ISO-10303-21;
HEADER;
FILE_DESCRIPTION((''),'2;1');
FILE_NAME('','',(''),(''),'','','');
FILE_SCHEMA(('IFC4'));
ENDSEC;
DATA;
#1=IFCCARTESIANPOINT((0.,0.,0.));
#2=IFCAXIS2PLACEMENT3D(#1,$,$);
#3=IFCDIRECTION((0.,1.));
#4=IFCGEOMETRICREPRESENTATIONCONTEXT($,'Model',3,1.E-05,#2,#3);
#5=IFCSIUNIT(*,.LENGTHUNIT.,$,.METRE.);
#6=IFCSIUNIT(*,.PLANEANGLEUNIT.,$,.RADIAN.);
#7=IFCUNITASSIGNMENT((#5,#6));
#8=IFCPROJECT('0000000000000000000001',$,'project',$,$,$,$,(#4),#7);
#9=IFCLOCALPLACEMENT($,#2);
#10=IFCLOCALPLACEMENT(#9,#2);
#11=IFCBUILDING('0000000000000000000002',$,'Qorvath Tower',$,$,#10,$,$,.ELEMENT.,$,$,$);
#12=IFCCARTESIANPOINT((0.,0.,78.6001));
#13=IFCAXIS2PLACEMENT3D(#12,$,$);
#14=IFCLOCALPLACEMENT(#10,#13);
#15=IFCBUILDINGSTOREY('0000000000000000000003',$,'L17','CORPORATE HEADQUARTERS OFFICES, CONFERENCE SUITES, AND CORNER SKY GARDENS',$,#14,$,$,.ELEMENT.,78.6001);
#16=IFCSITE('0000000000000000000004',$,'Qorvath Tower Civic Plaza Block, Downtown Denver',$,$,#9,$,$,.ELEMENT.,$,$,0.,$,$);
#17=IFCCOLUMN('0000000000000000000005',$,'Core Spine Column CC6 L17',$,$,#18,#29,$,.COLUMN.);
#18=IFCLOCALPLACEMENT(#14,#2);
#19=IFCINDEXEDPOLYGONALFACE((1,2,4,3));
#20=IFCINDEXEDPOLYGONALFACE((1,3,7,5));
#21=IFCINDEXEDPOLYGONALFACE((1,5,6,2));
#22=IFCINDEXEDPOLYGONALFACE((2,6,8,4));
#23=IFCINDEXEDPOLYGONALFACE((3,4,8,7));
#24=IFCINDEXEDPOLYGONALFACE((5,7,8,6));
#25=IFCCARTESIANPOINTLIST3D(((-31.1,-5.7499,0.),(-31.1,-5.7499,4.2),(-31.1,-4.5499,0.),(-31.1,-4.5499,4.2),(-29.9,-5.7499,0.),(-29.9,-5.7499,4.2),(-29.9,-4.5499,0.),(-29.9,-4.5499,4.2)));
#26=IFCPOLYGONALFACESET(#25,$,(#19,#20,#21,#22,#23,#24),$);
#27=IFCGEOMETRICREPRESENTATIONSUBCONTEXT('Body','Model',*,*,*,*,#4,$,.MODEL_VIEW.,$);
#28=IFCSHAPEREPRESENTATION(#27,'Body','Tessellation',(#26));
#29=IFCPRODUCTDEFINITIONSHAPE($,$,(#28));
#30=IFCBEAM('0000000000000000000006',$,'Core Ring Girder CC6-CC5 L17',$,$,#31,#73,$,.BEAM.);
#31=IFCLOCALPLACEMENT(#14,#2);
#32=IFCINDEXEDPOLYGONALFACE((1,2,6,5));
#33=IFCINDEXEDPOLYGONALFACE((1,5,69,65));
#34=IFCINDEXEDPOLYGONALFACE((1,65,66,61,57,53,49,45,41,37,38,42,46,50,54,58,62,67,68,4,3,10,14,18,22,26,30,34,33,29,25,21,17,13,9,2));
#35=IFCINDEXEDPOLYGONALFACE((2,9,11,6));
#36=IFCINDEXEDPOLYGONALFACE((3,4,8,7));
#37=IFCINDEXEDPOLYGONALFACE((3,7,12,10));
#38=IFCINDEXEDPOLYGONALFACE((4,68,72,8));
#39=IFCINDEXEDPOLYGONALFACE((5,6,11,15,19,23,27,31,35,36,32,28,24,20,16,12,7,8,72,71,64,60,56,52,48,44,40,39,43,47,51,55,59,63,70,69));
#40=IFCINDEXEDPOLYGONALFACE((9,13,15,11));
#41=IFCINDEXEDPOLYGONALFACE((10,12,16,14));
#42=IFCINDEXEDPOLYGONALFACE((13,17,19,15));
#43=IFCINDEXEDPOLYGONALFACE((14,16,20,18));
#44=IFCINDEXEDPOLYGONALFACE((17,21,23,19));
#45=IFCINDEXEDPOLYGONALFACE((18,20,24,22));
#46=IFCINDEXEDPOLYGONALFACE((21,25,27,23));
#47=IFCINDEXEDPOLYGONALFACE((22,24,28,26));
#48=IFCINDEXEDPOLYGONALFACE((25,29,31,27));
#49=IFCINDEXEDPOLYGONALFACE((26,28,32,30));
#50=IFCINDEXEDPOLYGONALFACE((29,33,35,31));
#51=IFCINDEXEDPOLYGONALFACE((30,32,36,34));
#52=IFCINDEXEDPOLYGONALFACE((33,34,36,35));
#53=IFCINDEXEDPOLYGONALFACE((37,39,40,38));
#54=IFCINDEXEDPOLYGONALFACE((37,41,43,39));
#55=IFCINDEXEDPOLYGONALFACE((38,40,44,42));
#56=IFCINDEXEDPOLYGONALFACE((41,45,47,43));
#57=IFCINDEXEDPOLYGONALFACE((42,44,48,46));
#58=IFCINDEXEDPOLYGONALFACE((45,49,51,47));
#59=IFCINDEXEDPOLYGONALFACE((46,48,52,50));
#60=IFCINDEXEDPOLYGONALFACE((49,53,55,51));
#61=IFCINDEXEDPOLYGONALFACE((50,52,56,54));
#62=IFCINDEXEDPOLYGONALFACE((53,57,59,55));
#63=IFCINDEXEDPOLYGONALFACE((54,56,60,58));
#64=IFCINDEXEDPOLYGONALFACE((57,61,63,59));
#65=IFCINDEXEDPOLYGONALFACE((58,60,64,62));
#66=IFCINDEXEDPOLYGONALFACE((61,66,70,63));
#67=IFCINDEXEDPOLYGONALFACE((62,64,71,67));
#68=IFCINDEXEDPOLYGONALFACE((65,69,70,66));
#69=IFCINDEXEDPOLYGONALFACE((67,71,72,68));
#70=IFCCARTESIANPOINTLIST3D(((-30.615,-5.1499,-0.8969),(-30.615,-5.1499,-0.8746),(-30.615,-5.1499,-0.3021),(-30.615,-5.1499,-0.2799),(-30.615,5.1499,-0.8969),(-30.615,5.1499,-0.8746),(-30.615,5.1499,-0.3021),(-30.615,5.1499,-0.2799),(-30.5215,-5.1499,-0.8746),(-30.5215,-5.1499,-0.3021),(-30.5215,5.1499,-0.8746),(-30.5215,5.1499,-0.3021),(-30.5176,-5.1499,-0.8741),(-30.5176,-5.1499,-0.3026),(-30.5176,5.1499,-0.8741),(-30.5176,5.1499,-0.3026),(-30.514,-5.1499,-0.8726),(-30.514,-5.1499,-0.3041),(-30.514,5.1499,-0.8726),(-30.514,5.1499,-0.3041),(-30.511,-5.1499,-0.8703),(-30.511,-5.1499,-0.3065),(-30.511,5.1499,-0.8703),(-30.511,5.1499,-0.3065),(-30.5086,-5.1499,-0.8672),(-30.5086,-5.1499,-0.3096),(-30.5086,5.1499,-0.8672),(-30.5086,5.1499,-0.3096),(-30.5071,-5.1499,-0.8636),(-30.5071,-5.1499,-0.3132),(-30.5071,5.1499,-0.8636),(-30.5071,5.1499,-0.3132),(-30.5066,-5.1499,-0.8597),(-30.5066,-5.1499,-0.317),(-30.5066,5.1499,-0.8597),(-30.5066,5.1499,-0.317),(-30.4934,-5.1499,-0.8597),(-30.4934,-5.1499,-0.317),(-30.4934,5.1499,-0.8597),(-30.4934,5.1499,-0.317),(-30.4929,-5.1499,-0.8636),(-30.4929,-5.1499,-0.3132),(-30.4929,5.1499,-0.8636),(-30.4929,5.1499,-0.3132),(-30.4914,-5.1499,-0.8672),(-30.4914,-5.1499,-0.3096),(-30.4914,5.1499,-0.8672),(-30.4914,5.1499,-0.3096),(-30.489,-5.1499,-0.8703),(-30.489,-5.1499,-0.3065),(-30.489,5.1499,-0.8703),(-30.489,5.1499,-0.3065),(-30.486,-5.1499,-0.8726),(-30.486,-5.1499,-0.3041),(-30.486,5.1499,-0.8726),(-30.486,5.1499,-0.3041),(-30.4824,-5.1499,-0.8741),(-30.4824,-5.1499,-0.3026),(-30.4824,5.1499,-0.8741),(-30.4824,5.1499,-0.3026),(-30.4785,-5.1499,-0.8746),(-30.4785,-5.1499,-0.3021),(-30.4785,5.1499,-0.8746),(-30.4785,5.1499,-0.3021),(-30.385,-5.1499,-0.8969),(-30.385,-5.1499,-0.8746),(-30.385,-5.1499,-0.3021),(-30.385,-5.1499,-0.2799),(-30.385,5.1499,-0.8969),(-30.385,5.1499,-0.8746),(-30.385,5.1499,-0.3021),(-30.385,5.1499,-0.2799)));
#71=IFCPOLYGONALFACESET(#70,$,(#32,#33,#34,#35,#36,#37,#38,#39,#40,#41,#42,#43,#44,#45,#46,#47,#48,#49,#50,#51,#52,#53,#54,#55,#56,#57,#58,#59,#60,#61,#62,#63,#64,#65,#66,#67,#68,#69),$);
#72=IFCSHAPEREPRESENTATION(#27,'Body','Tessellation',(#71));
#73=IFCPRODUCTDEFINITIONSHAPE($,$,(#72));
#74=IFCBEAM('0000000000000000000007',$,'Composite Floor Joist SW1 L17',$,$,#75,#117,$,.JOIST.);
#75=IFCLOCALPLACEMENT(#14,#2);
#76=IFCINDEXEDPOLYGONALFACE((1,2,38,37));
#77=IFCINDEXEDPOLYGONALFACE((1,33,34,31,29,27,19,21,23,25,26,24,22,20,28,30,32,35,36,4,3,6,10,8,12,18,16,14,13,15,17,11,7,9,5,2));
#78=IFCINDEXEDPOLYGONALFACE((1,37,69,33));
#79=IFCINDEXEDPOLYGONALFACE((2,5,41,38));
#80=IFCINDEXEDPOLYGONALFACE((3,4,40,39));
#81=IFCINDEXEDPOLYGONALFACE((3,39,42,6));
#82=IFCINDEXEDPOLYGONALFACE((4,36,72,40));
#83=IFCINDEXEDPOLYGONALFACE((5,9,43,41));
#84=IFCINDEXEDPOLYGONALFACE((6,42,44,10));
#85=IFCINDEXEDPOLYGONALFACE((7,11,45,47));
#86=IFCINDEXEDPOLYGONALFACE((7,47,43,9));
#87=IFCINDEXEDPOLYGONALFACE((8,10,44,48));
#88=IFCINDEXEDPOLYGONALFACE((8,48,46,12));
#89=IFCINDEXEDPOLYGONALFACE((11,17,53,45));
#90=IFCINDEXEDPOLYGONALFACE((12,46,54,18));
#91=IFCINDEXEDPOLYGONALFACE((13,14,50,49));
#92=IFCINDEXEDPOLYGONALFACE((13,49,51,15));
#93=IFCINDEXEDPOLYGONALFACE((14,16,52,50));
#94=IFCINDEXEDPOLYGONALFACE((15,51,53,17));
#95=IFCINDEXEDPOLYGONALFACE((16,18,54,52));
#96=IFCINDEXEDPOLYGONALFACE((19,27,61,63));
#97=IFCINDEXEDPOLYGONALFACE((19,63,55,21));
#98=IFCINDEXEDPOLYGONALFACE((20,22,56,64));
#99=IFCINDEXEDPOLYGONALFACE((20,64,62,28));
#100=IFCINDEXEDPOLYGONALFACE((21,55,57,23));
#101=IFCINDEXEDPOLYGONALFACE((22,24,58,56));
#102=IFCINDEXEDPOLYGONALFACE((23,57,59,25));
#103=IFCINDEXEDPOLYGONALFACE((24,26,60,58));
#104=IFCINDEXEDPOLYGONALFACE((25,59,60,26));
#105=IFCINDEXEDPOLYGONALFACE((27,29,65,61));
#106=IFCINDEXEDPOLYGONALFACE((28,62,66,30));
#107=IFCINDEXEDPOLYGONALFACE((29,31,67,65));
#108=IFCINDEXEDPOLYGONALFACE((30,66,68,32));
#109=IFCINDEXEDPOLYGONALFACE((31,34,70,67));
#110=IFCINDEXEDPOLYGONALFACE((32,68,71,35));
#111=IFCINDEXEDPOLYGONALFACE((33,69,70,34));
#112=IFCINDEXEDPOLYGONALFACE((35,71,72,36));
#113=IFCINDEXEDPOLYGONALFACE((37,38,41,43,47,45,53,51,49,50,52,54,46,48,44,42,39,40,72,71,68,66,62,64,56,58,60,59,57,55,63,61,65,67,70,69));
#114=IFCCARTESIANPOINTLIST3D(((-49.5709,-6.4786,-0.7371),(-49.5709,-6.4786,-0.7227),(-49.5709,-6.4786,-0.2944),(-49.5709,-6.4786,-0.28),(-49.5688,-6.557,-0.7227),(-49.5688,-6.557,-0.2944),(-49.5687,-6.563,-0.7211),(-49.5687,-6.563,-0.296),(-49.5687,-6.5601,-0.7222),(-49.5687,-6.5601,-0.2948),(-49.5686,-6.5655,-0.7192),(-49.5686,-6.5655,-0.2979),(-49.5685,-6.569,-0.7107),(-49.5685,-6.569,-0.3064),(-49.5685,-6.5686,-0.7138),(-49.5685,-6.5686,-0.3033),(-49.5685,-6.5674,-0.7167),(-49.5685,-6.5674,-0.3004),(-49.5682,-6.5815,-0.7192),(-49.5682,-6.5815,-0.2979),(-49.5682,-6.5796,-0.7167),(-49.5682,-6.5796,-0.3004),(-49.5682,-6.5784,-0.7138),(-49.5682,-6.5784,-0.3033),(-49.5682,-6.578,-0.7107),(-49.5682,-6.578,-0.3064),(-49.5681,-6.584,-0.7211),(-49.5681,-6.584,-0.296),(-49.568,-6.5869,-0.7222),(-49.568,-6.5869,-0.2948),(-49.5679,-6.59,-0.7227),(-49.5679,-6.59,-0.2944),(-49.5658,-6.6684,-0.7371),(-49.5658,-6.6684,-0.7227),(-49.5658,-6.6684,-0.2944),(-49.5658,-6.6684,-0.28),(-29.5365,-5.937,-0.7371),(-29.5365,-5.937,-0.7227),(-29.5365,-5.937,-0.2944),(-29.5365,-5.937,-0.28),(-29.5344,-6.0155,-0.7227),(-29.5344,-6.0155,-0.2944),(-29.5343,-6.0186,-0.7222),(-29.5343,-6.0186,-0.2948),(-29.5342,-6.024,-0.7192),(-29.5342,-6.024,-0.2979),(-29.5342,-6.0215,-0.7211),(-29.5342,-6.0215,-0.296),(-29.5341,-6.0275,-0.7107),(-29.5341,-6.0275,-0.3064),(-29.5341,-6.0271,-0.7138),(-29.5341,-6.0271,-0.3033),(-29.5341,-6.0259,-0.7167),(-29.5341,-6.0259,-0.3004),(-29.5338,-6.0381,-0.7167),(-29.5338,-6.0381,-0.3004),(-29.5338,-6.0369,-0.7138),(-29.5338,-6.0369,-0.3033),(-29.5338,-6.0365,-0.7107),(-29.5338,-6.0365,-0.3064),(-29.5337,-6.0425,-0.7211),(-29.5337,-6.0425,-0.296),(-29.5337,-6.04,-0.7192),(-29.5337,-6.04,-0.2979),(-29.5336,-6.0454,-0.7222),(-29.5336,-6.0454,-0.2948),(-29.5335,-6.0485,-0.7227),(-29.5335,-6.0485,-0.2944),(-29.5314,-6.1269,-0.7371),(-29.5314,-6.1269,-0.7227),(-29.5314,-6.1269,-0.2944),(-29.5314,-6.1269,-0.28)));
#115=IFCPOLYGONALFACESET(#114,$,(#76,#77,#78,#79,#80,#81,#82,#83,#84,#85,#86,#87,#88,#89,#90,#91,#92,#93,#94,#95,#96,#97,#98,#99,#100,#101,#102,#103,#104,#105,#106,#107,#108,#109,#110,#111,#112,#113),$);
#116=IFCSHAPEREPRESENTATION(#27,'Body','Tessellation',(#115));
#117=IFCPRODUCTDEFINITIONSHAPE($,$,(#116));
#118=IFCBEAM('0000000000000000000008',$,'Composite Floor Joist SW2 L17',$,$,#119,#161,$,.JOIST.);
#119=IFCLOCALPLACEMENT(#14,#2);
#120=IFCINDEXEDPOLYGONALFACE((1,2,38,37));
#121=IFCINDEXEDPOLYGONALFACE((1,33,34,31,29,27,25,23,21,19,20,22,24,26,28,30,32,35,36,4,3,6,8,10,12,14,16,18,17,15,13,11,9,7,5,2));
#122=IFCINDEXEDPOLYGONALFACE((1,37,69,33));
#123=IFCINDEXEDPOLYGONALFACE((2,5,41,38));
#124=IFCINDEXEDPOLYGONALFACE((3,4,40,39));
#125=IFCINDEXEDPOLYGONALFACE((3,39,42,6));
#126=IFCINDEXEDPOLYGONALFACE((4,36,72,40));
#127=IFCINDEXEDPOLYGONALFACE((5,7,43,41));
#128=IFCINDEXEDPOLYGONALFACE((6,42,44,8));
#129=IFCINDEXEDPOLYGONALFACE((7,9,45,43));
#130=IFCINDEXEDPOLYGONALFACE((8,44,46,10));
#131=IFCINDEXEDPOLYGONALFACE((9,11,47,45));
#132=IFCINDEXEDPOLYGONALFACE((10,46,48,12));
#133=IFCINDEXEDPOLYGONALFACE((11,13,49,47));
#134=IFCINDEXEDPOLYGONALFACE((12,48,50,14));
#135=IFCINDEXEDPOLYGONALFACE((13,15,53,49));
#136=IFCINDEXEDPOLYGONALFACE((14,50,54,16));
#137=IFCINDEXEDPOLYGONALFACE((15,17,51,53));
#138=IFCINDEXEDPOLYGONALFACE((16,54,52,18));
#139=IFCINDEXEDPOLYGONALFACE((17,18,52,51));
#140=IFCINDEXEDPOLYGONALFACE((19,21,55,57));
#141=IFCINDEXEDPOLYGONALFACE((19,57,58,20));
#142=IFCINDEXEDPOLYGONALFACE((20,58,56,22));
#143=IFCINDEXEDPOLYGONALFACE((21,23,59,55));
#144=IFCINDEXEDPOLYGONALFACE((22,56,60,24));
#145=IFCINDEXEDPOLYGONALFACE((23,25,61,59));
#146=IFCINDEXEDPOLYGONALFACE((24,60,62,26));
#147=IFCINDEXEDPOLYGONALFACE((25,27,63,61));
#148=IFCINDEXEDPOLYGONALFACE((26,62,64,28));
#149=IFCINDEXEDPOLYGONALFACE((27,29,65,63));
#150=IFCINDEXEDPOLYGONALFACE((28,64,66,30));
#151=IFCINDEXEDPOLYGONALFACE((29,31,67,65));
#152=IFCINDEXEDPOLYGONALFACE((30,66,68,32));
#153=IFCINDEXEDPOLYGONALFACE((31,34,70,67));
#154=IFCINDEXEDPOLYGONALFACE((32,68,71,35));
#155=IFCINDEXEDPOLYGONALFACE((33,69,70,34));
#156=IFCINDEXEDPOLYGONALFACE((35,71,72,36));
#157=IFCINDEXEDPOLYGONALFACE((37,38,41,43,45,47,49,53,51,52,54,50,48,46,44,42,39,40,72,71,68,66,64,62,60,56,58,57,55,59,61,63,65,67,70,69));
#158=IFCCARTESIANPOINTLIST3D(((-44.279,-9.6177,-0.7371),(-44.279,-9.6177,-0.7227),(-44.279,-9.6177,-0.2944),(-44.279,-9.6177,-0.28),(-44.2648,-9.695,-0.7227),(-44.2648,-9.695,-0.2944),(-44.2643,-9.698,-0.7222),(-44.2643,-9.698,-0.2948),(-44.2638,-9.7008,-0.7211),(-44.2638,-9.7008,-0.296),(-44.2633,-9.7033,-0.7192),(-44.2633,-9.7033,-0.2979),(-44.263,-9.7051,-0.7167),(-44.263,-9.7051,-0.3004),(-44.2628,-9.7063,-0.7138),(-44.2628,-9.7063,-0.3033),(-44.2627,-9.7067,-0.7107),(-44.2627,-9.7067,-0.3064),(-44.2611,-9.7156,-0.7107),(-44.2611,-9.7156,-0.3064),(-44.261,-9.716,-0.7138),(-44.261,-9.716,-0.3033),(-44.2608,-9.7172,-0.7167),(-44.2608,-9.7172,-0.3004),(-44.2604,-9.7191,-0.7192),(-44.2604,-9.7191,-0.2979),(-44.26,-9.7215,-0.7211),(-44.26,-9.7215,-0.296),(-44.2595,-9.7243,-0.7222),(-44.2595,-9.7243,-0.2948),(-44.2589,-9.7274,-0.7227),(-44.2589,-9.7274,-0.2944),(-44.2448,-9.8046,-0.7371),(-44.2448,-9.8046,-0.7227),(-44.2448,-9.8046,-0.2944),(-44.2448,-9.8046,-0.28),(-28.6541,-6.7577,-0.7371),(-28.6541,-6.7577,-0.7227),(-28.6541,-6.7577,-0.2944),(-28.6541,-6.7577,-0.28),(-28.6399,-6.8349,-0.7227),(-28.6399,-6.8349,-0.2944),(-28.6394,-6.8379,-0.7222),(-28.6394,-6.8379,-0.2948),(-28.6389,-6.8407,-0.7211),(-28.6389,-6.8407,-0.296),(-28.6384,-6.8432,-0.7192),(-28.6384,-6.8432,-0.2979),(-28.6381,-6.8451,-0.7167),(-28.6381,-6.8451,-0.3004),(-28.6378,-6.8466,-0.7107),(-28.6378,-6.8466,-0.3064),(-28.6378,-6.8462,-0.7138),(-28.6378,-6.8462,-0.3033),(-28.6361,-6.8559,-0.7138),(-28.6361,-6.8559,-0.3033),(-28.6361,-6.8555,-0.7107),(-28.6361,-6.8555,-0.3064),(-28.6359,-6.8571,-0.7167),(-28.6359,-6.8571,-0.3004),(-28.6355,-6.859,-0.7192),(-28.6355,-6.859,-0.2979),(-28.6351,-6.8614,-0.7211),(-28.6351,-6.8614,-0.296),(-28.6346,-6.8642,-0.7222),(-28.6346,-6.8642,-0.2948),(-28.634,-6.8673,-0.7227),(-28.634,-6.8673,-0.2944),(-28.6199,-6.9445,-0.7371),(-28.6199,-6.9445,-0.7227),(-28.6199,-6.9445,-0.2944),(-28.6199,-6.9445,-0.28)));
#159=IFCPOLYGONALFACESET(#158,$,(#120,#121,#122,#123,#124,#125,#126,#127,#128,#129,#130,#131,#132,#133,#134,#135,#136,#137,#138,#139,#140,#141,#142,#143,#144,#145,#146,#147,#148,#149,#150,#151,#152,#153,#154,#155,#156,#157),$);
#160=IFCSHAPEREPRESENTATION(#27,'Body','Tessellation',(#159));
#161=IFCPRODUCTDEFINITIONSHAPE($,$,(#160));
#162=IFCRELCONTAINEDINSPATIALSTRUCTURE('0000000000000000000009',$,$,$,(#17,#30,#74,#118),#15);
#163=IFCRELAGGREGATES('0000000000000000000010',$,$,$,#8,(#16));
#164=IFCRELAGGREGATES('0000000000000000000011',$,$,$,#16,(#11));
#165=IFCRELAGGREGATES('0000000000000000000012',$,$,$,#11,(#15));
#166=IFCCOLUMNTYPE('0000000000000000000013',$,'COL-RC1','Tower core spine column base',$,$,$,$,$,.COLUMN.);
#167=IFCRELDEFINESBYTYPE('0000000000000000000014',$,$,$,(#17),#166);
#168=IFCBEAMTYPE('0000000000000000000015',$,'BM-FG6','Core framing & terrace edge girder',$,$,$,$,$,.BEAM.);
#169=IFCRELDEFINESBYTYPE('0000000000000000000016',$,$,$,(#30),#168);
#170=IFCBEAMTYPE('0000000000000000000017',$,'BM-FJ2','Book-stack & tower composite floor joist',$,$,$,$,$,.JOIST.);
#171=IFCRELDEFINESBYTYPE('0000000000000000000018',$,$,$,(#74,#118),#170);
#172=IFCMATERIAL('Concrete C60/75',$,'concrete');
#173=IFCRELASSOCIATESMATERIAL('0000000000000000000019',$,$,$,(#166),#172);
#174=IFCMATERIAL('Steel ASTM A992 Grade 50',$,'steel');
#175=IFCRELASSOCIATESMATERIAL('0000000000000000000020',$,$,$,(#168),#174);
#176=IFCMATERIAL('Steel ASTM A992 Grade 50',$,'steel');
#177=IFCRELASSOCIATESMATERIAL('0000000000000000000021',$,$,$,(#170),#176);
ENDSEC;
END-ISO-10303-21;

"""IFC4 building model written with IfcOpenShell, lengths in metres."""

from ifc_helpers import new_model, si_unit, direction, frame, origin, origin_2d, place, context, subcontext, project, spatial, rectangle, i_section, extrude, material, material_profile, profile_set, type_object, element, save


model = new_model("IFC4")

# Units and contexts
model_context = context("Model", 3, precision=1e-05, world=origin(), true_north=direction((0.0, 1.0)))
body_context = subcontext(model_context, "Body", "Model", "MODEL_VIEW")
ifc_project = project(units=[si_unit("LENGTHUNIT", "METRE"), si_unit("PLANEANGLEUNIT", "RADIAN")], contexts=[model_context])

# Site, building, storey
site_placement = place(None, origin())
site = spatial("IfcSite", under=ifc_project, at=site_placement, Name="Qorvath Tower Civic Plaza Block, Downtown Denver", CompositionType="ELEMENT", RefElevation=0.0)
building_placement = place(site_placement, origin())
building = spatial("IfcBuilding", under=site, at=building_placement, Name="Qorvath Tower", CompositionType="ELEMENT")
storey_placement = place(building_placement, frame((0.0, 0.0, 78.6001)))
storey = spatial("IfcBuildingStorey", under=building, at=storey_placement, Name="L17", Description="CORPORATE HEADQUARTERS OFFICES, CONFERENCE SUITES, AND CORNER SKY GARDENS", CompositionType="ELEMENT", Elevation=78.6001)

# Column
ifc_material_1 = material(Name="Concrete C60/75", Category="concrete")
ifc_material_profile_1 = material_profile(ifc_material_1, rectangle(XDim=1.2, YDim=1.2, at=origin_2d()), Name="RC 1200x1200")
ifc_profile_set_1 = profile_set([ifc_material_profile_1], Name="Concrete C60/75")
column_type = type_object("IfcColumnType", Name="COL-RC1", Description="Tower core spine column base", PredefinedType="COLUMN", material=ifc_profile_set_1)
column_placement = place(storey_placement, frame((-30.5, -5.1499, 0.0), z_axis=(0.0, 0.0, 1.0), x_axis=(1.0, 0.0, 0.0)))
element("IfcColumn", 1, at=column_placement, inside=storey, type_object=column_type, Name="Core Spine Column CC6 L17", PredefinedType="COLUMN", context=body_context, shape_type="SweptSolid", body=[
    extrude(rectangle(XDim=1.2, YDim=1.2, at=origin_2d()), origin(), (0.0, 0.0, 1.0), 4.2),
])

# Beams
ifc_material_2 = material(Name="Steel ASTM A992 Grade 50", Category="steel")
ifc_material_profile_2 = material_profile(ifc_material_2, i_section(OverallWidth=0.23, OverallDepth=0.6169, WebThickness=0.0132, FlangeThickness=0.0222, FilletRadius=0.0149, at=origin_2d()), Name="W24x94")
ifc_profile_set_2 = profile_set([ifc_material_profile_2], Name="Steel ASTM A992 Grade 50")
beam_type_1 = type_object("IfcBeamType", Name="BM-FG6", Description="Core framing & terrace edge girder", PredefinedType="BEAM", material=ifc_profile_set_2)
beam_1_placement = place(storey_placement, frame((-30.5, -5.1499, -0.5884), z_axis=(0.0, 1.0, 0.0), x_axis=(-1.0, 0.0, 0.0)))
element("IfcBeam", 2, at=beam_1_placement, inside=storey, type_object=beam_type_1, Name="Core Ring Girder CC6-CC5 L17", PredefinedType="BEAM", context=body_context, shape_type="SweptSolid", body=[
    extrude(i_section(OverallWidth=0.23, OverallDepth=0.6169, WebThickness=0.0132, FlangeThickness=0.0222, FilletRadius=0.0149, at=origin_2d()), origin(), (0.0, 0.0, 1.0), 10.2998),
])
ifc_material_3 = material(Name="Steel ASTM A992 Grade 50", Category="steel")
ifc_material_profile_3 = material_profile(ifc_material_3, i_section(OverallWidth=0.1899, OverallDepth=0.457, WebThickness=0.009, FlangeThickness=0.0144, FilletRadius=0.012, at=origin_2d()), Name="W18x50")
ifc_profile_set_3 = profile_set([ifc_material_profile_3], Name="Steel ASTM A992 Grade 50")
beam_type_2 = type_object("IfcBeamType", Name="BM-FJ2", Description="Book-stack & tower composite floor joist", PredefinedType="JOIST", material=ifc_profile_set_3)
beam_2_placement = place(storey_placement, frame((-29.5339, -6.032, -0.5085), z_axis=(-0.999635, -0.027019, 0.0), x_axis=(0.027019, -0.999635, 0.0)))
element("IfcBeam", 3, at=beam_2_placement, inside=storey, type_object=beam_type_2, Name="Composite Floor Joist SW1 L17", PredefinedType="JOIST", context=body_context, shape_type="SweptSolid", body=[
    extrude(i_section(OverallWidth=0.1899, OverallDepth=0.457, WebThickness=0.009, FlangeThickness=0.0144, FilletRadius=0.012, at=origin_2d()), origin(), (0.0, 0.0, 1.0), 20.0417),
])
beam_3_placement = place(storey_placement, frame((-28.637, -6.8511, -0.5085), z_axis=(-0.983656, -0.180055, 0.0), x_axis=(0.180055, -0.983656, 0.0)))
element("IfcBeam", 4, at=beam_3_placement, inside=storey, type_object=beam_type_2, Name="Composite Floor Joist SW2 L17", PredefinedType="JOIST", context=body_context, shape_type="SweptSolid", body=[
    extrude(i_section(OverallWidth=0.1899, OverallDepth=0.457, WebThickness=0.009, FlangeThickness=0.0144, FilletRadius=0.012, at=origin_2d()), origin(), (0.0, 0.0, 1.0), 15.8845),
])

save(model, "model.ifc")
